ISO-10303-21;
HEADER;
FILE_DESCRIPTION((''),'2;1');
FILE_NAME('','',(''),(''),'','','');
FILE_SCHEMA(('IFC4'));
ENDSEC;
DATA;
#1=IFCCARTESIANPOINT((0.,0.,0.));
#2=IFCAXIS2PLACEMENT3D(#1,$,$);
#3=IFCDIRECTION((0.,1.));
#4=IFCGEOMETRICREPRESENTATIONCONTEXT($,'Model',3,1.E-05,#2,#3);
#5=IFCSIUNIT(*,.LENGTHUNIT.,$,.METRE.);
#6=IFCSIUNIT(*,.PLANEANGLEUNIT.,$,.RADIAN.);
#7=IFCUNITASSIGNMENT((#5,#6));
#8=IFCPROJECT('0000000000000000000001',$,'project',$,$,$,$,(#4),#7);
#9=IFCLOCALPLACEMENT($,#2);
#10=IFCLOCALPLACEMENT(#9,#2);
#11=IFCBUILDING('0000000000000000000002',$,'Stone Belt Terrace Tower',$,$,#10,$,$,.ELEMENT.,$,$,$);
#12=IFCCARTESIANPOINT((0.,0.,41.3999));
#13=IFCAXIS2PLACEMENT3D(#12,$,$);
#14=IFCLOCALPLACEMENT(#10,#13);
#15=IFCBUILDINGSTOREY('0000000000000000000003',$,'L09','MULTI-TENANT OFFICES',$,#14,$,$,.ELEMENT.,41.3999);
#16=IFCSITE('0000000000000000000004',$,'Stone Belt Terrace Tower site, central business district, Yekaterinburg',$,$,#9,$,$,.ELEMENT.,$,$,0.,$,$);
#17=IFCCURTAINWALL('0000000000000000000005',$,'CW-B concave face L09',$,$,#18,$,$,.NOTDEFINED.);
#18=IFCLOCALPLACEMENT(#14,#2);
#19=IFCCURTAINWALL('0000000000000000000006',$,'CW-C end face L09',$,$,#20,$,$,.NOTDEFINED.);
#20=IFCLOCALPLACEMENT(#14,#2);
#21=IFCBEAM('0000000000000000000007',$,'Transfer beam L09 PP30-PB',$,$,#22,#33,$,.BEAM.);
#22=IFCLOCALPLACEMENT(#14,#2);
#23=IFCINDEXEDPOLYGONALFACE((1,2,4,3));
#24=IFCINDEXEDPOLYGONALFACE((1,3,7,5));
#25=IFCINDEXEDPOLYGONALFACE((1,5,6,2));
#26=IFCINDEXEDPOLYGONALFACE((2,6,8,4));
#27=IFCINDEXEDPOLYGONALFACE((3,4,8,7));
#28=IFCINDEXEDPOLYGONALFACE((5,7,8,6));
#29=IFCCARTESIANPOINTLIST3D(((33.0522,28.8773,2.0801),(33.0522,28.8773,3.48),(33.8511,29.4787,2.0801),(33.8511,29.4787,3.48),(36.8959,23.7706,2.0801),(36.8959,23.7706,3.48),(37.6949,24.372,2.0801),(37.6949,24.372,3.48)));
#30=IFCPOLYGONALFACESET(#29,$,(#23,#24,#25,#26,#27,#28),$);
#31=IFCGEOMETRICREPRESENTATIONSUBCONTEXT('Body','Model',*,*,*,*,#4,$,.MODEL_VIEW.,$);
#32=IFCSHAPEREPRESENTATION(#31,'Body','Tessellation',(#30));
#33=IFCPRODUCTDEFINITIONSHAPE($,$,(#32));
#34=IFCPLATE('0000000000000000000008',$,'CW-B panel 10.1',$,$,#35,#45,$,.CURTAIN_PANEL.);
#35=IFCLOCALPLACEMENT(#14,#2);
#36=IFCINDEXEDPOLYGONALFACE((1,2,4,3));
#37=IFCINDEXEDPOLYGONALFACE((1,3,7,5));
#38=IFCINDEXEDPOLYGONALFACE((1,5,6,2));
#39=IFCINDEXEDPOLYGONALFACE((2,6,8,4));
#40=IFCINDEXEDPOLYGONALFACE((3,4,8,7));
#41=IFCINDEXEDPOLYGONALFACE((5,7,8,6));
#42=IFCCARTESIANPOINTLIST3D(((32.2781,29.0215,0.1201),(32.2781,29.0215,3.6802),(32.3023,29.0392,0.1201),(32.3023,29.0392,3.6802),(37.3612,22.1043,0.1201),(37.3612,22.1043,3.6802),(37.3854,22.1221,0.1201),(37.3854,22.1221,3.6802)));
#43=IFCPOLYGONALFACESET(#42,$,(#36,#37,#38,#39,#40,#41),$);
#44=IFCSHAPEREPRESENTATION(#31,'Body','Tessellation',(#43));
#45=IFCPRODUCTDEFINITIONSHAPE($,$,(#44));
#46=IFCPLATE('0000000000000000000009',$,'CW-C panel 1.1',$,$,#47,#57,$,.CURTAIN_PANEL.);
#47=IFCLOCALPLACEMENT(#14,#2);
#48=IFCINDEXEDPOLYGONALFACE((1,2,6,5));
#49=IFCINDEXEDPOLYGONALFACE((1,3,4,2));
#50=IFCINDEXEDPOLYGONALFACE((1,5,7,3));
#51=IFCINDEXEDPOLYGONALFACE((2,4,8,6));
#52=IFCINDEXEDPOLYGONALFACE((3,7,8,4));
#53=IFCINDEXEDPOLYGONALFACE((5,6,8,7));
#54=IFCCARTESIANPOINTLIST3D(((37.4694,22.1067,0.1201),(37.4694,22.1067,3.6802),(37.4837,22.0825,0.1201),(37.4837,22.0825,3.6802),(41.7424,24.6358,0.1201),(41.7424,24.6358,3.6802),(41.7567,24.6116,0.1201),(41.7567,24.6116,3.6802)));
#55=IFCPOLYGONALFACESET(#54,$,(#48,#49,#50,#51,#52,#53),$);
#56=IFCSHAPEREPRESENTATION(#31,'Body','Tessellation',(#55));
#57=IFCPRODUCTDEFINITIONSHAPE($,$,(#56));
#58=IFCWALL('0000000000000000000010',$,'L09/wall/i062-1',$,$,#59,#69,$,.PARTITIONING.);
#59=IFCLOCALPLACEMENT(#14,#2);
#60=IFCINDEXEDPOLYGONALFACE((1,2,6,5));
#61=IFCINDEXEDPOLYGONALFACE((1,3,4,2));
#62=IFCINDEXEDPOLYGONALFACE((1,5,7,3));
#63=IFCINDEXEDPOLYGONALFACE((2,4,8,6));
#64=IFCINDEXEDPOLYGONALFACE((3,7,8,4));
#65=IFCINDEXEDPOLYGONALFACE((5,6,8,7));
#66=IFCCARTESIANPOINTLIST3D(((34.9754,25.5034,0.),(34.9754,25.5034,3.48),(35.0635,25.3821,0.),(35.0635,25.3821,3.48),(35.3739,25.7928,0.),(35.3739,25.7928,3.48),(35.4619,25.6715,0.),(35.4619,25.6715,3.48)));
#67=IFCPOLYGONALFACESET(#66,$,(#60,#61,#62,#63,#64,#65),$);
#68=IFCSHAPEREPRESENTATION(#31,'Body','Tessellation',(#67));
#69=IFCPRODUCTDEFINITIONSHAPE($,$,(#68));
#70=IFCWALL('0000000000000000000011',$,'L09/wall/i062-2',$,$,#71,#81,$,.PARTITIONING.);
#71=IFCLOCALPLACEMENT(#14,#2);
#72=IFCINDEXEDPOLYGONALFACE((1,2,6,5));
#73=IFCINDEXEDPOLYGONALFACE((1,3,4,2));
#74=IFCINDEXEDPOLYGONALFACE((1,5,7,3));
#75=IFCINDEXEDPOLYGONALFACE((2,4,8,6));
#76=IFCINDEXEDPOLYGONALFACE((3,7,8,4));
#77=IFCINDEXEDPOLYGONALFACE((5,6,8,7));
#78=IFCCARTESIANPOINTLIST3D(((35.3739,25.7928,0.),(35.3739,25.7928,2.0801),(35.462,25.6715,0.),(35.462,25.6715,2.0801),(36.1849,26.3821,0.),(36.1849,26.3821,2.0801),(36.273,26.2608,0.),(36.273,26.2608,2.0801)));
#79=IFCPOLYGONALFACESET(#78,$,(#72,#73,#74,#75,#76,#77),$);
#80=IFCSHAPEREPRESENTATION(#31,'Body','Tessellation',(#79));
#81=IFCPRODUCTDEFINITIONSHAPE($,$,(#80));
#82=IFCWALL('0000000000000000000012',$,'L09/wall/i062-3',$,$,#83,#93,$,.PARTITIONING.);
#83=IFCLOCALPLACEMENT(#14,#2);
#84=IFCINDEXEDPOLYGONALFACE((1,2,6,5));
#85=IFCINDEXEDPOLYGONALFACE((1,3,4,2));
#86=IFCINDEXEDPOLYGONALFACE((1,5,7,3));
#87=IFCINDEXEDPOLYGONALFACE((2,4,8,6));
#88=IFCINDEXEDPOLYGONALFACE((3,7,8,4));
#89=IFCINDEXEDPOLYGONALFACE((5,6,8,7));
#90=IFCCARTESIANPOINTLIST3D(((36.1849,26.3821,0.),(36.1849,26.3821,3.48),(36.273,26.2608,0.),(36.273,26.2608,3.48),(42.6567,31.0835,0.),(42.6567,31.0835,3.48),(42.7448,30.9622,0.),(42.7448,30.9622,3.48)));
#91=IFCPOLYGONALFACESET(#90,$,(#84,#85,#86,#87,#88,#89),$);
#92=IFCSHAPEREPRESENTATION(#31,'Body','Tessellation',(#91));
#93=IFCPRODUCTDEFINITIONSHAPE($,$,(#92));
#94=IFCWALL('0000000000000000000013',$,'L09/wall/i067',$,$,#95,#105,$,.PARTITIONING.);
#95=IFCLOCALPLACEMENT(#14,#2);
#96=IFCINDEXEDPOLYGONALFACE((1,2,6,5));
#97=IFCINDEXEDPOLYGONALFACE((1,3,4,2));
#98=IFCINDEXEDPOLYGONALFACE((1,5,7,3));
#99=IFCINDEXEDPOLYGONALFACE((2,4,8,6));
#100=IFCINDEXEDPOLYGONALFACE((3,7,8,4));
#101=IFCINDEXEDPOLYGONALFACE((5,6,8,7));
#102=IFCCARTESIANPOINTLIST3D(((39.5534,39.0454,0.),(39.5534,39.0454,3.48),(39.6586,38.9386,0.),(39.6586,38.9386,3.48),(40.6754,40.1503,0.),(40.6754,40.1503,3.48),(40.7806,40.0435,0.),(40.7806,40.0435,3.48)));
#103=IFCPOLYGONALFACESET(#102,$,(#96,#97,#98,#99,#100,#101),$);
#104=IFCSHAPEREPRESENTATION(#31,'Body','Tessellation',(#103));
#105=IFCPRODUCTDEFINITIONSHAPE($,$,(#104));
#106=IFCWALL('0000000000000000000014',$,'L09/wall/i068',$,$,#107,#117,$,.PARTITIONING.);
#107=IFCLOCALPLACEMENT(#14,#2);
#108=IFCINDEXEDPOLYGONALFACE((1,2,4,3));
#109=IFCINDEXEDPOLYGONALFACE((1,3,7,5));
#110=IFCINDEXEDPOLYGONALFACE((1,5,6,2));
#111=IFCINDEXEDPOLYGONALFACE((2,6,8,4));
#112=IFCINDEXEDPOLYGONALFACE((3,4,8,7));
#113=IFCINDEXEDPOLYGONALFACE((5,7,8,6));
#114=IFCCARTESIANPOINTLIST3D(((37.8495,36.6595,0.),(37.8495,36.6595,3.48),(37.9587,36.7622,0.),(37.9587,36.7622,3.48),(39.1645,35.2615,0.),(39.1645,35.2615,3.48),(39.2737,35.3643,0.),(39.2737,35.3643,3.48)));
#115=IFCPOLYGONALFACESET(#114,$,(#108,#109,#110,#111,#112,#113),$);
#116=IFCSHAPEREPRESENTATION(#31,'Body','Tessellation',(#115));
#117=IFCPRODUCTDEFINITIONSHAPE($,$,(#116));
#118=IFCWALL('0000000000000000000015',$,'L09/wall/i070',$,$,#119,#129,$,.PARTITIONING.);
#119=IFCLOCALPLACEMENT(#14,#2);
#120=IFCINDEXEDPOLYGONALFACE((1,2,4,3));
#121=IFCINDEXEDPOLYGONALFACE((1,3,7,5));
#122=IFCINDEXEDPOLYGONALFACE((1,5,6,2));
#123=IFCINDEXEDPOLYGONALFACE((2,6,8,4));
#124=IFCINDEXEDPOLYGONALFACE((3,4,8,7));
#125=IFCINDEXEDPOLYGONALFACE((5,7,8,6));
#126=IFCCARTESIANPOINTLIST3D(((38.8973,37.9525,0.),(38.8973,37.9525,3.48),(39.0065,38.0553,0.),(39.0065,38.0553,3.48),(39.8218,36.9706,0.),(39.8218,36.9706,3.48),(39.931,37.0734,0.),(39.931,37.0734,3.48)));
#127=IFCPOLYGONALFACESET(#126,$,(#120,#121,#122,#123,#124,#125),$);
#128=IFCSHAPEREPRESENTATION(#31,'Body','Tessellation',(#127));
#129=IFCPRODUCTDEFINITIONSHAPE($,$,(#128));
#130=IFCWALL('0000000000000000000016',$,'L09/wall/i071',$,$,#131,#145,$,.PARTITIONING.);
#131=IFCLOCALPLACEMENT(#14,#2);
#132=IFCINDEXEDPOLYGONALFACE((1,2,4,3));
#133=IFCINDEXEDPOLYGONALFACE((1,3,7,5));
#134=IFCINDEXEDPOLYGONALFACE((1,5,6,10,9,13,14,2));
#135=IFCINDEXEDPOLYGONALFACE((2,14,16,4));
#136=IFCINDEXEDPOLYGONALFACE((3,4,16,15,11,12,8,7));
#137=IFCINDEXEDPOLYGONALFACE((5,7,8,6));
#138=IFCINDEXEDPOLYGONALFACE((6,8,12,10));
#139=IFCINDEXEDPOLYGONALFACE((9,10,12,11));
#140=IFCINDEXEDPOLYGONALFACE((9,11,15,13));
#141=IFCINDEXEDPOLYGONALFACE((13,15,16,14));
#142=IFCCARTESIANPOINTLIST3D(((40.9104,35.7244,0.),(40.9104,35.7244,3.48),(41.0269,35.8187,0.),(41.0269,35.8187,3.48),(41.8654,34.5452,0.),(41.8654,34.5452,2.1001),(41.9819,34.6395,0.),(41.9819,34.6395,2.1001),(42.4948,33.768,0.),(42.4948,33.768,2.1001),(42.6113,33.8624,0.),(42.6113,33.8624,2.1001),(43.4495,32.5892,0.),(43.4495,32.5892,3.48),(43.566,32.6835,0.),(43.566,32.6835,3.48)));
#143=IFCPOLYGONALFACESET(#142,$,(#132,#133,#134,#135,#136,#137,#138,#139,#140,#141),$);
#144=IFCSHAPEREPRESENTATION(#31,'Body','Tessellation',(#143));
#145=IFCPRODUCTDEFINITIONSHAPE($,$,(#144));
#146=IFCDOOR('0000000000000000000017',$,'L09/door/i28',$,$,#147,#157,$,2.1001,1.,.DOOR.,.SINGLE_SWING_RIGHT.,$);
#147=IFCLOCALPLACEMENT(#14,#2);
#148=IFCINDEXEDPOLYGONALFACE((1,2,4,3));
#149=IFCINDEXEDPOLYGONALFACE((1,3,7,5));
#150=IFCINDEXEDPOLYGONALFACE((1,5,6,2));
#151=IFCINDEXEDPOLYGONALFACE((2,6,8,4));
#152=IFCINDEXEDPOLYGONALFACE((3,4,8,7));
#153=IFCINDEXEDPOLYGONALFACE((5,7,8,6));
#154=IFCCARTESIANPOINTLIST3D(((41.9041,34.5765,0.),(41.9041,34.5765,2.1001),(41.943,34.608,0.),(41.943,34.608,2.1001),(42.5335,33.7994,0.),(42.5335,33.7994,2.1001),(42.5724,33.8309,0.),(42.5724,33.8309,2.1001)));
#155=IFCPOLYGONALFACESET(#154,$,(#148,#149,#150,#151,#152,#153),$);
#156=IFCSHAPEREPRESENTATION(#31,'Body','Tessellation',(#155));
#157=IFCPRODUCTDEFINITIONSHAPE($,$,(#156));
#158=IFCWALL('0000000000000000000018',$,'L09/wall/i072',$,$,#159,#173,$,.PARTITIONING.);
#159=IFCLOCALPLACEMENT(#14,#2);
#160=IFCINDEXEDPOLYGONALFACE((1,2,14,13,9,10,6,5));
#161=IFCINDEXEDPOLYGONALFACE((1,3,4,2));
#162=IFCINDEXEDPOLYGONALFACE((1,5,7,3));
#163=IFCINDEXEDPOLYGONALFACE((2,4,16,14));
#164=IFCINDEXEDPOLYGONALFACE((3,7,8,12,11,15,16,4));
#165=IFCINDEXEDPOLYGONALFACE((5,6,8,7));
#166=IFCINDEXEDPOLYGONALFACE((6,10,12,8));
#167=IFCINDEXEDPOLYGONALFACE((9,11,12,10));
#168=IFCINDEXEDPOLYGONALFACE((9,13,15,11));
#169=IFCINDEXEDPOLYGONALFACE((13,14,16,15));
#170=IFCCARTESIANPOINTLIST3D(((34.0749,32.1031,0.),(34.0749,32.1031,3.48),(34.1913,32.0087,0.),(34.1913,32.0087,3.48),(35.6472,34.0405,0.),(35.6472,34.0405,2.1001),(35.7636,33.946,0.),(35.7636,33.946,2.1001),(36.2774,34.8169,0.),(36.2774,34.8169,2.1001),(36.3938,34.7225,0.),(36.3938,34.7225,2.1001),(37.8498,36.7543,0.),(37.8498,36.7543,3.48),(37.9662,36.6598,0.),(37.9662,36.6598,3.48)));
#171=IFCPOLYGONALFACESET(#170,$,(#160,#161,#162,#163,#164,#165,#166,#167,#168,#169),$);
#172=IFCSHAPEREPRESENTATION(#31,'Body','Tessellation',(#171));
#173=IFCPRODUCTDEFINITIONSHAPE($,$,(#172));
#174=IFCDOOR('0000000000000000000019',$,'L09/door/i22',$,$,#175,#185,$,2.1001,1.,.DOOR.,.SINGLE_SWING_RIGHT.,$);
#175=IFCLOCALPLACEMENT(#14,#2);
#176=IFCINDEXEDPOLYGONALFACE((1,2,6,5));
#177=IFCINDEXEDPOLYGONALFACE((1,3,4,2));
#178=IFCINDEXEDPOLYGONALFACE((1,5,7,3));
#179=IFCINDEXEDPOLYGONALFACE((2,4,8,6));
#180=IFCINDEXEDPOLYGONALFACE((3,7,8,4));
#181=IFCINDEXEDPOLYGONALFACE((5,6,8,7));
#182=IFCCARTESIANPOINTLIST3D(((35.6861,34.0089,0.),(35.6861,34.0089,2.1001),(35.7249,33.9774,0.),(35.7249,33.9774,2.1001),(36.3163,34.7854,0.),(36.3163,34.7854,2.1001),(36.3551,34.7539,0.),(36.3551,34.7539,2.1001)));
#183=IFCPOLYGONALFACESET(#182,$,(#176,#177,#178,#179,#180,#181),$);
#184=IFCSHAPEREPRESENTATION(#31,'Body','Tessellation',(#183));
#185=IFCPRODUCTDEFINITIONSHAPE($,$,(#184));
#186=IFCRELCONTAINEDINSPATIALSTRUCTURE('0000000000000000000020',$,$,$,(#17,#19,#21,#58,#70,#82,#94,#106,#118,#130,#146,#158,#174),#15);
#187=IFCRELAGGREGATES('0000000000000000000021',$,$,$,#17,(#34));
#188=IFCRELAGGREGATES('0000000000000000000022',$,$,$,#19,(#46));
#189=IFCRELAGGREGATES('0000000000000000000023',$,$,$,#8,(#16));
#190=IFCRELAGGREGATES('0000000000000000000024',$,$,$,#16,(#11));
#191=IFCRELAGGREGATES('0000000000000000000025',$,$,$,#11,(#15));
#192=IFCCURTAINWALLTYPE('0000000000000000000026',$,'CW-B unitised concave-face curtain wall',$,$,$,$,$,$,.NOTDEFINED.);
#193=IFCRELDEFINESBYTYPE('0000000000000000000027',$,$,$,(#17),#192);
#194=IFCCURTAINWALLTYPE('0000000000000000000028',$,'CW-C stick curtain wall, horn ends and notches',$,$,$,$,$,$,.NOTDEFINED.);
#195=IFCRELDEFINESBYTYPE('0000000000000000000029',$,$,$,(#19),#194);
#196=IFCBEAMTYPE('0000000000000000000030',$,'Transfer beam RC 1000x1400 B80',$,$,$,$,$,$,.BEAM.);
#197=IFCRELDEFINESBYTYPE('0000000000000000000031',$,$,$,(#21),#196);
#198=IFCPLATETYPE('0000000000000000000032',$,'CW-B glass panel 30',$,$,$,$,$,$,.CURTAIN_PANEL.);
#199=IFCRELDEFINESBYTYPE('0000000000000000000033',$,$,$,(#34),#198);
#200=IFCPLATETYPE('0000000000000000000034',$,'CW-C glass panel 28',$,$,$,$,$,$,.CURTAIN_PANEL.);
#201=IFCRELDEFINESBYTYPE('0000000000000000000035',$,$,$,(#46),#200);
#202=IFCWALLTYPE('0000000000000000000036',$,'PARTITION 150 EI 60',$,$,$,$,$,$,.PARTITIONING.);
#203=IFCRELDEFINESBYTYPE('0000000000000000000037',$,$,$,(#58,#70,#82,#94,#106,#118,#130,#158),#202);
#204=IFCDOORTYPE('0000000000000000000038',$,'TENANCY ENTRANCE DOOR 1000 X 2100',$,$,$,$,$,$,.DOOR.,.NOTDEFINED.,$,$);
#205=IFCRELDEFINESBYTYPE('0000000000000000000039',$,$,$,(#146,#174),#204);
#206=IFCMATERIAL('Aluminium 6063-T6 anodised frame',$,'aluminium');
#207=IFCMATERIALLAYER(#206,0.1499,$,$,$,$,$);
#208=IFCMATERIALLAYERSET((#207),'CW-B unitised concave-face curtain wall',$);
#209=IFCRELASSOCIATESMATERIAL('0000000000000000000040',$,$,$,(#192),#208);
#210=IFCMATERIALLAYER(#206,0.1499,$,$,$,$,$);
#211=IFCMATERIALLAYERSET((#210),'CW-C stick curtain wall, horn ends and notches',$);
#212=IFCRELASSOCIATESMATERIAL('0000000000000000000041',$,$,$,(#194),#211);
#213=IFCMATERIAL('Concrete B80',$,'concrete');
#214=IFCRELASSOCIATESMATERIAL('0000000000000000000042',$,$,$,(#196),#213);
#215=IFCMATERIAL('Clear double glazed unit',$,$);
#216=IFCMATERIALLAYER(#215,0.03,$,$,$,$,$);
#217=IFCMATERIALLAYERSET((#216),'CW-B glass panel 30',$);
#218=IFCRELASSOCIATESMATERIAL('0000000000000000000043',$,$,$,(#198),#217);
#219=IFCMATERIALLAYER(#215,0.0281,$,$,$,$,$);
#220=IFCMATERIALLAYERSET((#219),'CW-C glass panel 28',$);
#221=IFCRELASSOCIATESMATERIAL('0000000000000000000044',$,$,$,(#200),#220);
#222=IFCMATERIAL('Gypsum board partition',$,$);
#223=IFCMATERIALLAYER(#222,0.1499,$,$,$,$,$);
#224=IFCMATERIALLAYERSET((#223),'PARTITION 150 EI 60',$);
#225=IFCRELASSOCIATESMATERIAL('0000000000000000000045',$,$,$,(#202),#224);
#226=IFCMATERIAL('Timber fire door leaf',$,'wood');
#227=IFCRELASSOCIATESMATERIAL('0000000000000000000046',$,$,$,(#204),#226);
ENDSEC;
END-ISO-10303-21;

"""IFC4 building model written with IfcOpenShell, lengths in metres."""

from ifc_helpers import new_model, si_unit, direction, frame, frame_2d, origin, origin_2d, place, context, subcontext, project, spatial, rectangle, extrude, material, layer, layer_set, material_profile, profile_set, type_object, element, fill, aggregate, save


model = new_model("IFC4")

# Units and contexts
model_context = context("Model", 3, precision=1e-05, world=origin(), true_north=direction((0.0, 1.0)))
body_context = subcontext(model_context, "Body", "Model", "MODEL_VIEW")
ifc_project = project(units=[si_unit("LENGTHUNIT", "METRE"), si_unit("PLANEANGLEUNIT", "RADIAN")], contexts=[model_context])

# Site, building, storey
site_placement = place(None, origin())
site = spatial("IfcSite", under=ifc_project, at=site_placement, Name="Stone Belt Terrace Tower site, central business district, Yekaterinburg", CompositionType="ELEMENT", RefElevation=0.0)
building_placement = place(site_placement, origin())
building = spatial("IfcBuilding", under=site, at=building_placement, Name="Stone Belt Terrace Tower", CompositionType="ELEMENT")
storey_placement = place(building_placement, frame((0.0, 0.0, 41.3999)))
storey = spatial("IfcBuildingStorey", under=building, at=storey_placement, Name="L09", Description="MULTI-TENANT OFFICES", CompositionType="ELEMENT", Elevation=41.3999)

# Shared definitions
ifc_material_1 = material(Name="Concrete B80", Category="concrete")

# Curtain walls
ifc_material_2 = material(Name="Aluminium 6063-T6 anodised frame", Category="aluminium")
ifc_layer_1 = layer(ifc_material_2, 0.1499)
ifc_layer_set_1 = layer_set([ifc_layer_1], Name="CW-B unitised concave-face curtain wall")
curtain_wall_type_1 = type_object("IfcCurtainWallType", Name="CW-B unitised concave-face curtain wall", PredefinedType="NOTDEFINED", material=ifc_layer_set_1)
curtain_wall_1_placement = place(storey_placement, origin())
curtain_wall_1 = element("IfcCurtainWall", 1, at=curtain_wall_1_placement, inside=storey, type_object=curtain_wall_type_1, Name="CW-B concave face L09", PredefinedType="NOTDEFINED")
ifc_layer_2 = layer(ifc_material_2, 0.1499)
ifc_layer_set_2 = layer_set([ifc_layer_2], Name="CW-C stick curtain wall, horn ends and notches")
curtain_wall_type_2 = type_object("IfcCurtainWallType", Name="CW-C stick curtain wall, horn ends and notches", PredefinedType="NOTDEFINED", material=ifc_layer_set_2)
curtain_wall_2_placement = place(storey_placement, origin())
curtain_wall_2 = element("IfcCurtainWall", 2, at=curtain_wall_2_placement, inside=storey, type_object=curtain_wall_type_2, Name="CW-C end face L09", PredefinedType="NOTDEFINED")

# Beam
ifc_material_profile_1 = material_profile(ifc_material_1, rectangle(XDim=1.0, YDim=1.3999, at=origin_2d()), Name="RC 1000x1400")
ifc_profile_set_1 = profile_set([ifc_material_profile_1], Name="Concrete B80")
beam_type_1 = type_object("IfcBeamType", Name="Transfer beam RC 1000x1400 B80", PredefinedType="BEAM", material=ifc_profile_set_1)
beam_1_placement = place(storey_placement, frame((33.4517, 29.178, 2.78), z_axis=(0.601374, -0.798967, 0.0), x_axis=(0.798967, 0.601374, 0.0)))
element("IfcBeam", 3, at=beam_1_placement, inside=storey, type_object=beam_type_1, Name="Transfer beam L09 PP30-PB", PredefinedType="BEAM", context=body_context, shape_type="SweptSolid", body=[
    extrude(rectangle(XDim=1.0, YDim=1.3999, at=origin_2d()), origin(), (0.0, 0.0, 1.0), 6.3916),
])

# Plates
ifc_material_3 = material(Name="Clear double glazed unit")
ifc_layer_3 = layer(ifc_material_3, 0.03)
ifc_layer_set_3 = layer_set([ifc_layer_3], Name="CW-B glass panel 30")
plate_type_1 = type_object("IfcPlateType", Name="CW-B glass panel 30", PredefinedType="CURTAIN_PANEL", material=ifc_layer_set_3)
plate_1_placement = place(storey_placement, frame((34.8318, 25.5718, 0.1201), z_axis=(0.0, 0.0, 1.0), x_axis=(0.592159, -0.805821, 0.0)))
plate_1 = element("IfcPlate", 4, at=plate_1_placement, type_object=plate_type_1, Name="CW-B panel 10.1", PredefinedType="CURTAIN_PANEL", context=body_context, shape_type="SweptSolid", body=[
    extrude(rectangle(XDim=8.584, YDim=0.03, at=origin_2d()), origin(), (0.0, 0.0, 1.0), 3.5601),
])
aggregate(curtain_wall_1, [plate_1])
ifc_layer_4 = layer(ifc_material_3, 0.0281)
ifc_layer_set_4 = layer_set([ifc_layer_4], Name="CW-C glass panel 28")
plate_type_2 = type_object("IfcPlateType", Name="CW-C glass panel 28", PredefinedType="CURTAIN_PANEL", material=ifc_layer_set_4)
plate_2_placement = place(storey_placement, frame((39.613, 23.3591, 0.1201), z_axis=(0.0, 0.0, 1.0), x_axis=(0.860558, 0.509353, 0.0)))
plate_2 = element("IfcPlate", 5, at=plate_2_placement, type_object=plate_type_2, Name="CW-C panel 1.1", PredefinedType="CURTAIN_PANEL", context=body_context, shape_type="SweptSolid", body=[
    extrude(rectangle(XDim=4.9653, YDim=0.0281, at=origin_2d()), origin(), (0.0, 0.0, 1.0), 3.5601),
])
aggregate(curtain_wall_2, [plate_2])

# Walls
ifc_material_4 = material(Name="Gypsum board partition")
ifc_layer_5 = layer(ifc_material_4, 0.1499)
ifc_layer_set_5 = layer_set([ifc_layer_5], Name="PARTITION 150 EI 60")
wall_type_1 = type_object("IfcWallType", Name="PARTITION 150 EI 60", PredefinedType="PARTITIONING", material=ifc_layer_set_5)
wall_1_placement = place(storey_placement, frame((35.0195, 25.4429, 0.0), z_axis=(0.0, 0.0, 1.0), x_axis=(0.809186, 0.587552, 0.0)))
element("IfcWall", 6, at=wall_1_placement, inside=storey, type_object=wall_type_1, Name="L09/wall/i062-1", PredefinedType="PARTITIONING", context=body_context, shape_type="SweptSolid", body=[
    extrude(rectangle(XDim=0.4924, YDim=0.1499, at=frame_2d((0.2461, 0.0))), origin(), (0.0, 0.0, 1.0), 3.48),
])
wall_2_placement = place(storey_placement, frame((35.418, 25.7322, 0.0), z_axis=(0.0, 0.0, 1.0), x_axis=(0.808968, 0.587853, 0.0)))
element("IfcWall", 7, at=wall_2_placement, inside=storey, type_object=wall_type_1, Name="L09/wall/i062-2", PredefinedType="PARTITIONING", context=body_context, shape_type="SweptSolid", body=[
    extrude(rectangle(XDim=1.0024, YDim=0.1499, at=frame_2d((0.5012, 0.0))), origin(), (0.0, 0.0, 1.0), 2.0801),
])
wall_3_placement = place(storey_placement, frame((36.229, 26.3215, 0.0), z_axis=(0.0, 0.0, 1.0), x_axis=(0.809059, 0.587727, 0.0)))
element("IfcWall", 8, at=wall_3_placement, inside=storey, type_object=wall_type_1, Name="L09/wall/i062-3", PredefinedType="PARTITIONING", context=body_context, shape_type="SweptSolid", body=[
    extrude(rectangle(XDim=7.9993, YDim=0.1499, at=frame_2d((3.9995, 0.0))), origin(), (0.0, 0.0, 1.0), 3.48),
])
wall_4_placement = place(storey_placement, frame((40.728, 40.0969, 0.0), z_axis=(0.0, 0.0, 1.0), x_axis=(-0.712512, -0.70166, 0.0)))
element("IfcWall", 9, at=wall_4_placement, inside=storey, type_object=wall_type_1, Name="L09/wall/i067", PredefinedType="PARTITIONING", context=body_context, shape_type="SweptSolid", body=[
    extrude(rectangle(XDim=1.5747, YDim=0.1499, at=frame_2d((0.7874, 0.0))), origin(), (0.0, 0.0, 1.0), 3.48),
])
wall_5_placement = place(storey_placement, frame((39.219, 35.313, 0.0), z_axis=(0.0, 0.0, 1.0), x_axis=(-0.68515, 0.728402, 0.0)))
element("IfcWall", 10, at=wall_5_placement, inside=storey, type_object=wall_type_1, Name="L09/wall/i068", PredefinedType="PARTITIONING", context=body_context, shape_type="SweptSolid", body=[
    extrude(rectangle(XDim=1.9192, YDim=0.1499, at=frame_2d((0.9595, 0.0))), origin(), (0.0, 0.0, 1.0), 3.48),
])
wall_6_placement = place(storey_placement, frame((38.9519, 38.0039, 0.0), z_axis=(0.0, 0.0, 1.0), x_axis=(0.685517, -0.728056, 0.0)))
element("IfcWall", 11, at=wall_6_placement, inside=storey, type_object=wall_type_1, Name="L09/wall/i070", PredefinedType="PARTITIONING", context=body_context, shape_type="SweptSolid", body=[
    extrude(rectangle(XDim=1.3486, YDim=0.1499, at=frame_2d((0.6743, 0.0))), origin(), (0.0, 0.0, 1.0), 3.48),
])

# Walls, openings, doors
wall_7_placement = place(storey_placement, frame((40.9688, 35.7715, 0.0), z_axis=(0.0, 0.0, 1.0), x_axis=(0.629348, -0.777124, 0.0)))
wall_7 = element("IfcWall", 12, at=wall_7_placement, inside=storey, type_object=wall_type_1, Name="L09/wall/i071", PredefinedType="PARTITIONING", context=body_context, shape_type="SweptSolid", body=[
    extrude(rectangle(XDim=4.0344, YDim=0.1499, at=frame_2d((2.0171, 0.0))), origin(), (0.0, 0.0, 1.0), 3.48),
])
opening_1_placement = place(wall_7_placement, frame((1.5173, 0.0, 0.0)))
opening_1 = element("IfcOpeningElement", 13, at=opening_1_placement, cuts=wall_7, PredefinedType="OPENING", context=body_context, shape_type="SweptSolid", body=[
    extrude(rectangle(XDim=1.0, YDim=2.1001, at=frame_2d((0.5, 1.05))), frame((0.0, 0.085, 0.0), z_axis=(0.0, -1.0, 0.0), x_axis=(1.0, 0.0, 0.0)), (0.0, 0.0, 1.0), 0.1699),
])
ifc_material_5 = material(Name="Timber fire door leaf", Category="wood")
door_type_1 = type_object("IfcDoorType", Name="TENANCY ENTRANCE DOOR 1000 X 2100", OperationType="NOTDEFINED", PredefinedType="DOOR", material=ifc_material_5)
door_1_placement = place(opening_1_placement, origin())
door_1 = element("IfcDoor", 14, at=door_1_placement, inside=storey, type_object=door_type_1, Name="L09/door/i28", OperationType="SINGLE_SWING_RIGHT", OverallHeight=2.1001, OverallWidth=1.0, PredefinedType="DOOR", context=body_context, shape_type="SweptSolid", body=[
    extrude(rectangle(XDim=1.0, YDim=2.1001, at=frame_2d((0.5, 1.05))), frame((0.0, 0.0249, 0.0), z_axis=(0.0, -1.0, 0.0), x_axis=(1.0, 0.0, 0.0)), (0.0, 0.0, 1.0), 0.05),
])
fill(opening_1, door_1)
wall_8_placement = place(storey_placement, frame((34.1331, 32.0559, 0.0), z_axis=(0.0, 0.0, 1.0), x_axis=(0.630177, 0.776452, 0.0)))
wall_8 = element("IfcWall", 15, at=wall_8_placement, inside=storey, type_object=wall_type_1, Name="L09/wall/i072", PredefinedType="PARTITIONING", context=body_context, shape_type="SweptSolid", body=[
    extrude(rectangle(XDim=5.9902, YDim=0.1499, at=frame_2d((2.9951, 0.0))), origin(), (0.0, 0.0, 1.0), 3.48),
])
opening_2_placement = place(wall_8_placement, frame((2.4951, 0.0, 0.0)))
opening_2 = element("IfcOpeningElement", 16, at=opening_2_placement, cuts=wall_8, PredefinedType="OPENING", context=body_context, shape_type="SweptSolid", body=[
    extrude(rectangle(XDim=1.0, YDim=2.1001, at=frame_2d((0.5, 1.05))), frame((0.0, 0.085, 0.0), z_axis=(0.0, -1.0, 0.0), x_axis=(1.0, 0.0, 0.0)), (0.0, 0.0, 1.0), 0.1699),
])
door_2_placement = place(opening_2_placement, origin())
door_2 = element("IfcDoor", 17, at=door_2_placement, inside=storey, type_object=door_type_1, Name="L09/door/i22", OperationType="SINGLE_SWING_RIGHT", OverallHeight=2.1001, OverallWidth=1.0, PredefinedType="DOOR", context=body_context, shape_type="SweptSolid", body=[
    extrude(rectangle(XDim=1.0, YDim=2.1001, at=frame_2d((0.5, 1.05))), frame((0.0, 0.0249, 0.0), z_axis=(0.0, -1.0, 0.0), x_axis=(1.0, 0.0, 0.0)), (0.0, 0.0, 1.0), 0.05),
])
fill(opening_2, door_2)

save(model, "model.ifc")
